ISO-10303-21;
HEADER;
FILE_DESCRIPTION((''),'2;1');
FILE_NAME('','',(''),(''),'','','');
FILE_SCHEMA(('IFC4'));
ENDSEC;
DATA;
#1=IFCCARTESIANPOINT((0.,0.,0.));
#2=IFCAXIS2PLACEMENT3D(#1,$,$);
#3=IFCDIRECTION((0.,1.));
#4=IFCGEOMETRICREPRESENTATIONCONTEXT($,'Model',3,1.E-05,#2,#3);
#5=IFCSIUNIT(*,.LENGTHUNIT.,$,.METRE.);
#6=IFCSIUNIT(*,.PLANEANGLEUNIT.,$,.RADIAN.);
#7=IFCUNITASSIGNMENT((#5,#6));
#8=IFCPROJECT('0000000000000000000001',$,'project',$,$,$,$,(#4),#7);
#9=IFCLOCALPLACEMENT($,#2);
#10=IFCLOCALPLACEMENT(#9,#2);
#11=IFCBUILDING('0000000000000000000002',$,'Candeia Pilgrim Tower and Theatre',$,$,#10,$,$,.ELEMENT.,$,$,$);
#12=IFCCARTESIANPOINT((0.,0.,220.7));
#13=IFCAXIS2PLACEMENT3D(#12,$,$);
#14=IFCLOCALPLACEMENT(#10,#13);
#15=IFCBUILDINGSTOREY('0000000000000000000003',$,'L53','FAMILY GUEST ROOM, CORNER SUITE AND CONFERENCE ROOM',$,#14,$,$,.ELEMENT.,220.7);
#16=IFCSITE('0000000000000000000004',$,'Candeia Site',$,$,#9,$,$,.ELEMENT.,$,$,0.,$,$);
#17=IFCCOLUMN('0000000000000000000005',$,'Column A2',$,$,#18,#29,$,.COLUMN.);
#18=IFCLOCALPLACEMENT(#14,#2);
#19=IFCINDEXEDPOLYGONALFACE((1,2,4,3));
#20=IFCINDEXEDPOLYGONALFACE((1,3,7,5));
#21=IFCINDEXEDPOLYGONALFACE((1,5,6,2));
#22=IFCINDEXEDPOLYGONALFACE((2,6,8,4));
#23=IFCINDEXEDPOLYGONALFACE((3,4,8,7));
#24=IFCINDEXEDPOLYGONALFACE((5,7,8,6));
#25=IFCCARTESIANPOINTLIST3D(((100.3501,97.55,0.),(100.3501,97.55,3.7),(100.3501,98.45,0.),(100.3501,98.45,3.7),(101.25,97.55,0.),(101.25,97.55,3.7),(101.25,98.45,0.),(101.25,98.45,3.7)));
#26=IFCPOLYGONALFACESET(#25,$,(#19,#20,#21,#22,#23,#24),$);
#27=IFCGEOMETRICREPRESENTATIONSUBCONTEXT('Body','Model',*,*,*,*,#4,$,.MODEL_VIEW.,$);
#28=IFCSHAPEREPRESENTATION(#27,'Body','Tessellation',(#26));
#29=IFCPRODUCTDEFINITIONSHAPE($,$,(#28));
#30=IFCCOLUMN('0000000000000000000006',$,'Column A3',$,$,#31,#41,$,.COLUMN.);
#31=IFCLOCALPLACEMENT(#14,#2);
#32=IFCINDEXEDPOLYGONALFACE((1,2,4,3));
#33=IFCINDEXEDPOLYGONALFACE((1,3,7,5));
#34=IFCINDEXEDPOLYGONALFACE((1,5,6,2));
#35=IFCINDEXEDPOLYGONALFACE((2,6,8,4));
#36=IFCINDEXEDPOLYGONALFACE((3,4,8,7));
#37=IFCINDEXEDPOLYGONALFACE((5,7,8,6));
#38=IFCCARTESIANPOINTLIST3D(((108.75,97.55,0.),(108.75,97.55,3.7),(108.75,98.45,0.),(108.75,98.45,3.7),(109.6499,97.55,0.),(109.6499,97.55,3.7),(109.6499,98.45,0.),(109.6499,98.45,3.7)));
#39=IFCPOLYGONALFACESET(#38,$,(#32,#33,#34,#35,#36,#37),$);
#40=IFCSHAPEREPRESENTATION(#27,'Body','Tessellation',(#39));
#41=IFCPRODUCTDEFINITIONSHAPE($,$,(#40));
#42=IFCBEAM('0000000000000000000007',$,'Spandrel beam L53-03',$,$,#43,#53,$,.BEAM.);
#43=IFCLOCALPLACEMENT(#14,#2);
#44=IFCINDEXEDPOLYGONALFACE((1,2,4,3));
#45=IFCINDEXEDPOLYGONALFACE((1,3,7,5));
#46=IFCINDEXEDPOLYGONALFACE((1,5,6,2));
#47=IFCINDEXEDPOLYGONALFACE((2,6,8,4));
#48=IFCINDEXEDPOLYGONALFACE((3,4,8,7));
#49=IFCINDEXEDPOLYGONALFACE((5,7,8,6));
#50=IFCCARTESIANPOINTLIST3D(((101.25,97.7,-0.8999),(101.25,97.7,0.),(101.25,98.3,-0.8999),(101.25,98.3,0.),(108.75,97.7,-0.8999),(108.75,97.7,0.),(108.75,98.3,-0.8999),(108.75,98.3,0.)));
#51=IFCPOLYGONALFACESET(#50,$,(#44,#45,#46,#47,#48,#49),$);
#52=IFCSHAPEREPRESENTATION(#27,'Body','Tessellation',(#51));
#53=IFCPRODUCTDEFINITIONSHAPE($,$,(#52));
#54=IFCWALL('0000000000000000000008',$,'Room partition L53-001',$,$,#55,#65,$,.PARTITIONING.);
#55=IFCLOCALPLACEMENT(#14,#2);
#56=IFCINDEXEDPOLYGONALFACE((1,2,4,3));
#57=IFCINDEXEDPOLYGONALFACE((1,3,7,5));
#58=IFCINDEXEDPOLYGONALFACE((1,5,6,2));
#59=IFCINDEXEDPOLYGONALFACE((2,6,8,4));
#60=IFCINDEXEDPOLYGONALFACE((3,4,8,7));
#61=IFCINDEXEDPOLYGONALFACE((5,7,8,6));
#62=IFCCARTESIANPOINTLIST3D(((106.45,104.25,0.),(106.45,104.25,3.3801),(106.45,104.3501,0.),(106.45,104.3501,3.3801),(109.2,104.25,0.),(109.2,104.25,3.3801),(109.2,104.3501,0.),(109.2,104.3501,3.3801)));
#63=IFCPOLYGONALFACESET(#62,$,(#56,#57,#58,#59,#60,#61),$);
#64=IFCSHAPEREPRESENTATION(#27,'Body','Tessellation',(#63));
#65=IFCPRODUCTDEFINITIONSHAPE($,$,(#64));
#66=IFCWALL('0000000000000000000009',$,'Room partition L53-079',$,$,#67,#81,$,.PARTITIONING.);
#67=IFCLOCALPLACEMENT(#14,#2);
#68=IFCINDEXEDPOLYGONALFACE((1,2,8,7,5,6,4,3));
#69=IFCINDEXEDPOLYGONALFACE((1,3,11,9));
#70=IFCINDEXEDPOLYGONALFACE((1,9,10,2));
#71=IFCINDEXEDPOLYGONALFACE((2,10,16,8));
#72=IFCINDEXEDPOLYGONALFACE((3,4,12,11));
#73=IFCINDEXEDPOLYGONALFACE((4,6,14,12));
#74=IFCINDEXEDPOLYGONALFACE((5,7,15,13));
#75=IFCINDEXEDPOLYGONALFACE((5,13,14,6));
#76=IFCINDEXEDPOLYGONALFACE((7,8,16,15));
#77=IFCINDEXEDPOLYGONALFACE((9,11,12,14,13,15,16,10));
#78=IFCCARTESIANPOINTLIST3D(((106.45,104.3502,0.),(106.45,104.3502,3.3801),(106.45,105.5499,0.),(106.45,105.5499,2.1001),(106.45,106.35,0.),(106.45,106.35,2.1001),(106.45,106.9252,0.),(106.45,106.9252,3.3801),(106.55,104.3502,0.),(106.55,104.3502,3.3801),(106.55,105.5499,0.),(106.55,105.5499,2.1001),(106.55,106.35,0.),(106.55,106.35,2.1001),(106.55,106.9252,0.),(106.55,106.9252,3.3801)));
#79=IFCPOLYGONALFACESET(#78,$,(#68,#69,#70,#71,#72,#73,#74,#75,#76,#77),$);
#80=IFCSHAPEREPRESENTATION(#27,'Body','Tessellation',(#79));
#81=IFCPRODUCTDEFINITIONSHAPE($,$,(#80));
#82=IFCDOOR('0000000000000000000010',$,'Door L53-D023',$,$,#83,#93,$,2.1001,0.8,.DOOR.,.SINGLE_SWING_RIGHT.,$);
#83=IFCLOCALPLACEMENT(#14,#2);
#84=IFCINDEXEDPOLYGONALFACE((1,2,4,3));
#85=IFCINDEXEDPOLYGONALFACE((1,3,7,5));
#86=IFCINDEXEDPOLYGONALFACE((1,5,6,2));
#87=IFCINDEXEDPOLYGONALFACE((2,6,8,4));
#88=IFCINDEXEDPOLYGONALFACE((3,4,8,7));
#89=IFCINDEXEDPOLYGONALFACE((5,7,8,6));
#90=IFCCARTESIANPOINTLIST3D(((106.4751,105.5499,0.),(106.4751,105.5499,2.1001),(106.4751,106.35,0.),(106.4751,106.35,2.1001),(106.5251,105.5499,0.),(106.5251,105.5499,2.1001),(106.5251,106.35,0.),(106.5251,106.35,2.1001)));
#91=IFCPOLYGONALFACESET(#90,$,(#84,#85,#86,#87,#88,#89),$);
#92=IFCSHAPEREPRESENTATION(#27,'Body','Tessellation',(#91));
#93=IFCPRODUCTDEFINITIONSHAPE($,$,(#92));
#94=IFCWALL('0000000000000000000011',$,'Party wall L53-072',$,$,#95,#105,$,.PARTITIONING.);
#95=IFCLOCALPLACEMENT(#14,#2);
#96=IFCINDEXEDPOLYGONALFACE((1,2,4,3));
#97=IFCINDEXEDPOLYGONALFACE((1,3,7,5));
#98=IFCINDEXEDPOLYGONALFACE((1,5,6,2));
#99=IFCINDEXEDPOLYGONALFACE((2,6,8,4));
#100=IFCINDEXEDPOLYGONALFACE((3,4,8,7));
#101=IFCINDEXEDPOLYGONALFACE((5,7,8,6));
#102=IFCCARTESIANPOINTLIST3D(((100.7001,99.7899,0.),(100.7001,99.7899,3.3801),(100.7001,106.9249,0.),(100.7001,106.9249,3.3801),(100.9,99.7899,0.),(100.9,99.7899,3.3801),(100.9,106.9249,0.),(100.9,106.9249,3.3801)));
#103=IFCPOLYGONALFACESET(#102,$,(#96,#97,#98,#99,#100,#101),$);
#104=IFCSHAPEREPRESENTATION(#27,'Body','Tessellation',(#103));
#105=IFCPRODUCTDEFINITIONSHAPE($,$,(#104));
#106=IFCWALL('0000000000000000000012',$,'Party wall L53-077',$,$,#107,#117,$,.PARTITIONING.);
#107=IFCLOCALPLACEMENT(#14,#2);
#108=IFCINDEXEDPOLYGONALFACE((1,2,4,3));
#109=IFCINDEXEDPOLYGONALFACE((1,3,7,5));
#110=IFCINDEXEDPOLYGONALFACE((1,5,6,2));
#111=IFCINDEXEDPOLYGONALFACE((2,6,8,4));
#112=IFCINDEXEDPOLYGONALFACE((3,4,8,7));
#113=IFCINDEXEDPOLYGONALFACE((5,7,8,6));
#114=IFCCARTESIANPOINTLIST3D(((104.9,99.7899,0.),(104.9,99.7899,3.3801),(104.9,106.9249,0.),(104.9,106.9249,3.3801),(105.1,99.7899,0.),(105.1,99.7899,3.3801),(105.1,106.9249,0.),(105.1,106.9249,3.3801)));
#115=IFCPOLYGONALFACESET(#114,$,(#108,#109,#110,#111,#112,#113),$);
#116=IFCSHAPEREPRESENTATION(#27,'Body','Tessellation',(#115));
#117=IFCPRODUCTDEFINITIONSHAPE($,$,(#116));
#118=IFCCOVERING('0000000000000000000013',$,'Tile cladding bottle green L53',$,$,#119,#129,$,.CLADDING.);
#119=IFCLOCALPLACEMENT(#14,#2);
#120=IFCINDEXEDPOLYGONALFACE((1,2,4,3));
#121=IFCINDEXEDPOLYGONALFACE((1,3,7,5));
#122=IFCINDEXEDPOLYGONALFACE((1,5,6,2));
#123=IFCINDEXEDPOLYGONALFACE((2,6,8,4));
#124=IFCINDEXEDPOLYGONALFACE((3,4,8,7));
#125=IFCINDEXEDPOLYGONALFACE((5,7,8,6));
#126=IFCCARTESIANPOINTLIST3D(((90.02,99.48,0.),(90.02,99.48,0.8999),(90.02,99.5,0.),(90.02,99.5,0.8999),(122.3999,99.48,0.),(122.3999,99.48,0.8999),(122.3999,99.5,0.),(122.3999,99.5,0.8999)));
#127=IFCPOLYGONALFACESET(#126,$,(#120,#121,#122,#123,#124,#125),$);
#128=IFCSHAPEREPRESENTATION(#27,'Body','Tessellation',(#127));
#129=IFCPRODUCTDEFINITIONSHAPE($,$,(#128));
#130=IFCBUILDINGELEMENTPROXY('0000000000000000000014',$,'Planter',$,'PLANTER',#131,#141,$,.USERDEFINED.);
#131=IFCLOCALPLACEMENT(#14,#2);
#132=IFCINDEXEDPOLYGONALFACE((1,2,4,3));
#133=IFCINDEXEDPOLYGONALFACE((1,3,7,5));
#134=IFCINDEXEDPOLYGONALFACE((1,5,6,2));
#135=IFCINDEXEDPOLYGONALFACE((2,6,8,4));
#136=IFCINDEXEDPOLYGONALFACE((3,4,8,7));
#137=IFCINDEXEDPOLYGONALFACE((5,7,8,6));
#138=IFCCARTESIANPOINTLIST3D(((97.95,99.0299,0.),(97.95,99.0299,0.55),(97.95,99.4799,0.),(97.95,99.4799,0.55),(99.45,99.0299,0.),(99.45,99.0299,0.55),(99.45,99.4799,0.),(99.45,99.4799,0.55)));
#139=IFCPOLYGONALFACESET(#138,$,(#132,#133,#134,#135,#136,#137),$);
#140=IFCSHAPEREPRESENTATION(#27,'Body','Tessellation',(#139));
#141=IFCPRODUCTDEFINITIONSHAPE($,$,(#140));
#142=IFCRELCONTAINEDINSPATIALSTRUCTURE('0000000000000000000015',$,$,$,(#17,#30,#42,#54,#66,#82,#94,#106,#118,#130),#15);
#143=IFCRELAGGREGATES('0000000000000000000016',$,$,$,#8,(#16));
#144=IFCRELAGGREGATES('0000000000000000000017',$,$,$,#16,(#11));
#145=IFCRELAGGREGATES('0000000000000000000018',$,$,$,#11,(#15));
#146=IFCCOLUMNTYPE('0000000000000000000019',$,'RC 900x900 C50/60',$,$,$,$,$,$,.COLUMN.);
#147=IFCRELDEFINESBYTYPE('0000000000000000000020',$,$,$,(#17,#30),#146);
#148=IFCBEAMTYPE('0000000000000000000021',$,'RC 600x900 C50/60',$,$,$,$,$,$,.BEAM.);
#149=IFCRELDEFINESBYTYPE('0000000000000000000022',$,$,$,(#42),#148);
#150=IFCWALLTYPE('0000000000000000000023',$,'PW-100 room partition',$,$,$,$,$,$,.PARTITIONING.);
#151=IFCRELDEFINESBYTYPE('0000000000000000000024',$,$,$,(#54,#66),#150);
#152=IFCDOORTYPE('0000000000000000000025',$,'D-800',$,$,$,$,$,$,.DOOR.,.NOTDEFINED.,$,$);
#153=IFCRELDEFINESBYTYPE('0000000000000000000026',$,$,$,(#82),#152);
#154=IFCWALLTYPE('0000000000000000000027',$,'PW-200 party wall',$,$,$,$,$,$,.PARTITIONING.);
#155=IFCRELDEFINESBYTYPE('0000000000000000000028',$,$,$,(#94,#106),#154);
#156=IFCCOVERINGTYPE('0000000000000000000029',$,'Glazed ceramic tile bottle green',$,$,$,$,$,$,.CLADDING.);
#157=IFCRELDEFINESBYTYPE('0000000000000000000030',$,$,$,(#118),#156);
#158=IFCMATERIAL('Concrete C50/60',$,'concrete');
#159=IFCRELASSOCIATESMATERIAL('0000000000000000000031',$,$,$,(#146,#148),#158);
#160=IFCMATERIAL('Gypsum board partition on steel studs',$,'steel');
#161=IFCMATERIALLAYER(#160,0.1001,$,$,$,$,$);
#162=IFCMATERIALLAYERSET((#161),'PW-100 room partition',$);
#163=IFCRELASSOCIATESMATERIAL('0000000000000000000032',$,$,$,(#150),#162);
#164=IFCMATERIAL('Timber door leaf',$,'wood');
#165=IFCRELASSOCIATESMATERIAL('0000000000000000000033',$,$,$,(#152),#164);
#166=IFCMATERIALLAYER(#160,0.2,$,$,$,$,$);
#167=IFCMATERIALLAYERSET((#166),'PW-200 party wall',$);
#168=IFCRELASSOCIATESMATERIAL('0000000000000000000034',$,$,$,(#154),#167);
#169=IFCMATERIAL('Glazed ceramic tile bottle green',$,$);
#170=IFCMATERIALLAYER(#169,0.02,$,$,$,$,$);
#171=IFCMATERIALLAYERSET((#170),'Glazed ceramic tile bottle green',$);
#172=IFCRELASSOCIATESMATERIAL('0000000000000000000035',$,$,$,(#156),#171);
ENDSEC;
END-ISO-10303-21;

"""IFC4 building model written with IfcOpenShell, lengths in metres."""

from ifc_helpers import new_model, si_unit, direction, frame, frame_2d, origin, origin_2d, place, context, subcontext, project, spatial, rectangle, extrude, material, layer, layer_set, material_profile, profile_set, type_object, element, fill, save


model = new_model("IFC4")

# Units and contexts
model_context = context("Model", 3, precision=1e-05, world=origin(), true_north=direction((0.0, 1.0)))
body_context = subcontext(model_context, "Body", "Model", "MODEL_VIEW")
ifc_project = project(units=[si_unit("LENGTHUNIT", "METRE"), si_unit("PLANEANGLEUNIT", "RADIAN")], contexts=[model_context])

# Site, building, storey
site_placement = place(None, origin())
site = spatial("IfcSite", under=ifc_project, at=site_placement, Name="Candeia Site", CompositionType="ELEMENT", RefElevation=0.0)
building_placement = place(site_placement, origin())
building = spatial("IfcBuilding", under=site, at=building_placement, Name="Candeia Pilgrim Tower and Theatre", CompositionType="ELEMENT")
storey_placement = place(building_placement, frame((0.0, 0.0, 220.7)))
storey = spatial("IfcBuildingStorey", under=building, at=storey_placement, Name="L53", Description="FAMILY GUEST ROOM, CORNER SUITE AND CONFERENCE ROOM", CompositionType="ELEMENT", Elevation=220.7)

# Columns
ifc_material_1 = material(Name="Concrete C50/60", Category="concrete")
ifc_material_profile_1 = material_profile(ifc_material_1, rectangle(XDim=0.8999, YDim=0.8999, at=origin_2d()))
ifc_profile_set_1 = profile_set([ifc_material_profile_1], Name="Concrete C50/60")
column_type = type_object("IfcColumnType", Name="RC 900x900 C50/60", PredefinedType="COLUMN", material=ifc_profile_set_1)
for number, where, z_axis, x_axis, name in (
    (1, (100.8, 98.0, 0.0), (0.0, 0.0, 1.0), (1.0, 0.0, 0.0), "Column A2"),
    (2, (109.2, 98.0, 0.0), (0.0, 0.0, 1.0), (1.0, 0.0, 0.0), "Column A3"),
):
    element("IfcColumn", number, at=place(storey_placement, frame(where, z_axis=z_axis, x_axis=x_axis)), inside=storey, type_object=column_type, Name=name, PredefinedType="COLUMN", context=body_context, shape_type="SweptSolid", body=[
        extrude(rectangle(XDim=0.8999, YDim=0.8999, at=origin_2d()), origin(), (0.0, 0.0, 1.0), 3.7),
    ])

# Beam
ifc_material_profile_2 = material_profile(ifc_material_1, rectangle(XDim=0.6001, YDim=0.8999, at=origin_2d()))
ifc_profile_set_2 = profile_set([ifc_material_profile_2], Name="Concrete C50/60")
beam_type = type_object("IfcBeamType", Name="RC 600x900 C50/60", PredefinedType="BEAM", material=ifc_profile_set_2)
beam_placement = place(storey_placement, frame((101.25, 98.0, -0.45), z_axis=(1.0, 0.0, 0.0), x_axis=(0.0, 1.0, 0.0)))
element("IfcBeam", 3, at=beam_placement, inside=storey, type_object=beam_type, Name="Spandrel beam L53-03", PredefinedType="BEAM", context=body_context, shape_type="SweptSolid", body=[
    extrude(rectangle(XDim=0.6001, YDim=0.8999, at=origin_2d()), origin(), (0.0, 0.0, 1.0), 7.5),
])

# Wall
ifc_material_2 = material(Name="Gypsum board partition on steel studs", Category="steel")
ifc_layer_1 = layer(ifc_material_2, 0.1001)
ifc_layer_set_1 = layer_set([ifc_layer_1], Name="PW-100 room partition")
wall_type_1 = type_object("IfcWallType", Name="PW-100 room partition", PredefinedType="PARTITIONING", material=ifc_layer_set_1)
wall_1_placement = place(storey_placement, frame((106.45, 104.3, 0.0), z_axis=(0.0, 0.0, 1.0), x_axis=(1.0, 0.0, 0.0)))
element("IfcWall", 4, at=wall_1_placement, inside=storey, type_object=wall_type_1, Name="Room partition L53-001", PredefinedType="PARTITIONING", context=body_context, shape_type="SweptSolid", body=[
    extrude(rectangle(XDim=2.75, YDim=0.1001, at=frame_2d((1.375, 0.0))), origin(), (0.0, 0.0, 1.0), 3.3801),
])

# Wall, opening, door
wall_2_placement = place(storey_placement, frame((106.5, 104.3501, 0.0), z_axis=(0.0, 0.0, 1.0), x_axis=(0.0, 1.0, 0.0)))
wall_2 = element("IfcWall", 5, at=wall_2_placement, inside=storey, type_object=wall_type_1, Name="Room partition L53-079", PredefinedType="PARTITIONING", context=body_context, shape_type="SweptSolid", body=[
    extrude(rectangle(XDim=2.575, YDim=0.1001, at=frame_2d((1.2876, 0.0))), origin(), (0.0, 0.0, 1.0), 3.3801),
])
opening_placement = place(wall_2_placement, frame((1.2, 0.0, 0.0)))
opening = element("IfcOpeningElement", 6, at=opening_placement, cuts=wall_2, PredefinedType="OPENING", context=body_context, shape_type="SweptSolid", body=[
    extrude(rectangle(XDim=0.8, YDim=2.1001, at=frame_2d((0.3999, 1.05))), frame((0.0, 0.0601, 0.0), z_axis=(0.0, -1.0, 0.0), x_axis=(1.0, 0.0, 0.0)), (0.0, 0.0, 1.0), 0.1201),
])
ifc_material_3 = material(Name="Timber door leaf", Category="wood")
door_type = type_object("IfcDoorType", Name="D-800", OperationType="NOTDEFINED", PredefinedType="DOOR", material=ifc_material_3)
door_placement = place(opening_placement, origin())
door = element("IfcDoor", 7, at=door_placement, inside=storey, type_object=door_type, Name="Door L53-D023", OperationType="SINGLE_SWING_RIGHT", OverallHeight=2.1001, OverallWidth=0.8, PredefinedType="DOOR", context=body_context, shape_type="SweptSolid", body=[
    extrude(rectangle(XDim=0.8, YDim=2.1001, at=frame_2d((0.3999, 1.05))), frame((0.0, 0.0249, 0.0), z_axis=(0.0, -1.0, 0.0), x_axis=(1.0, 0.0, 0.0)), (0.0, 0.0, 1.0), 0.05),
])
fill(opening, door)

# Walls
ifc_layer_2 = layer(ifc_material_2, 0.2)
ifc_layer_set_2 = layer_set([ifc_layer_2], Name="PW-200 party wall")
wall_type_2 = type_object("IfcWallType", Name="PW-200 party wall", PredefinedType="PARTITIONING", material=ifc_layer_set_2)
for number, where, z_axis, x_axis, name in (
    (8, (100.8, 99.79, 0.0), (0.0, 0.0, 1.0), (0.0, 1.0, 0.0), "Party wall L53-072"),
    (9, (105.0, 99.79, 0.0), (0.0, 0.0, 1.0), (0.0, 1.0, 0.0), "Party wall L53-077"),
):
    element("IfcWall", number, at=place(storey_placement, frame(where, z_axis=z_axis, x_axis=x_axis)), inside=storey, type_object=wall_type_2, Name=name, PredefinedType="PARTITIONING", context=body_context, shape_type="SweptSolid", body=[
        extrude(rectangle(XDim=7.135, YDim=0.2, at=frame_2d((3.5674, 0.0))), origin(), (0.0, 0.0, 1.0), 3.3801),
    ])

# Covering
ifc_material_4 = material(Name="Glazed ceramic tile bottle green")
ifc_layer_3 = layer(ifc_material_4, 0.02)
ifc_layer_set_3 = layer_set([ifc_layer_3], Name="Glazed ceramic tile bottle green")
covering_type = type_object("IfcCoveringType", Name="Glazed ceramic tile bottle green", PredefinedType="CLADDING", material=ifc_layer_set_3)
covering_placement = place(storey_placement, frame((106.21, 99.49, 0.0), z_axis=(0.0, 0.0, 1.0), x_axis=(1.0, 0.0, 0.0)))
element("IfcCovering", 10, at=covering_placement, inside=storey, type_object=covering_type, Name="Tile cladding bottle green L53", PredefinedType="CLADDING", context=body_context, shape_type="SweptSolid", body=[
    extrude(rectangle(XDim=32.3799, YDim=0.02, at=origin_2d()), origin(), (0.0, 0.0, 1.0), 0.8999),
])

# Building element proxy
proxy_placement = place(storey_placement, frame((98.7, 99.2549, 0.0), z_axis=(0.0, 0.0, 1.0), x_axis=(1.0, 0.0, 0.0)))
element("IfcBuildingElementProxy", 11, at=proxy_placement, inside=storey, Name="Planter", ObjectType="PLANTER", PredefinedType="USERDEFINED", context=body_context, shape_type="SweptSolid", body=[
    extrude(rectangle(XDim=1.5, YDim=0.45, at=origin_2d()), origin(), (0.0, 0.0, 1.0), 0.55),
])

save(model, "model.ifc")
